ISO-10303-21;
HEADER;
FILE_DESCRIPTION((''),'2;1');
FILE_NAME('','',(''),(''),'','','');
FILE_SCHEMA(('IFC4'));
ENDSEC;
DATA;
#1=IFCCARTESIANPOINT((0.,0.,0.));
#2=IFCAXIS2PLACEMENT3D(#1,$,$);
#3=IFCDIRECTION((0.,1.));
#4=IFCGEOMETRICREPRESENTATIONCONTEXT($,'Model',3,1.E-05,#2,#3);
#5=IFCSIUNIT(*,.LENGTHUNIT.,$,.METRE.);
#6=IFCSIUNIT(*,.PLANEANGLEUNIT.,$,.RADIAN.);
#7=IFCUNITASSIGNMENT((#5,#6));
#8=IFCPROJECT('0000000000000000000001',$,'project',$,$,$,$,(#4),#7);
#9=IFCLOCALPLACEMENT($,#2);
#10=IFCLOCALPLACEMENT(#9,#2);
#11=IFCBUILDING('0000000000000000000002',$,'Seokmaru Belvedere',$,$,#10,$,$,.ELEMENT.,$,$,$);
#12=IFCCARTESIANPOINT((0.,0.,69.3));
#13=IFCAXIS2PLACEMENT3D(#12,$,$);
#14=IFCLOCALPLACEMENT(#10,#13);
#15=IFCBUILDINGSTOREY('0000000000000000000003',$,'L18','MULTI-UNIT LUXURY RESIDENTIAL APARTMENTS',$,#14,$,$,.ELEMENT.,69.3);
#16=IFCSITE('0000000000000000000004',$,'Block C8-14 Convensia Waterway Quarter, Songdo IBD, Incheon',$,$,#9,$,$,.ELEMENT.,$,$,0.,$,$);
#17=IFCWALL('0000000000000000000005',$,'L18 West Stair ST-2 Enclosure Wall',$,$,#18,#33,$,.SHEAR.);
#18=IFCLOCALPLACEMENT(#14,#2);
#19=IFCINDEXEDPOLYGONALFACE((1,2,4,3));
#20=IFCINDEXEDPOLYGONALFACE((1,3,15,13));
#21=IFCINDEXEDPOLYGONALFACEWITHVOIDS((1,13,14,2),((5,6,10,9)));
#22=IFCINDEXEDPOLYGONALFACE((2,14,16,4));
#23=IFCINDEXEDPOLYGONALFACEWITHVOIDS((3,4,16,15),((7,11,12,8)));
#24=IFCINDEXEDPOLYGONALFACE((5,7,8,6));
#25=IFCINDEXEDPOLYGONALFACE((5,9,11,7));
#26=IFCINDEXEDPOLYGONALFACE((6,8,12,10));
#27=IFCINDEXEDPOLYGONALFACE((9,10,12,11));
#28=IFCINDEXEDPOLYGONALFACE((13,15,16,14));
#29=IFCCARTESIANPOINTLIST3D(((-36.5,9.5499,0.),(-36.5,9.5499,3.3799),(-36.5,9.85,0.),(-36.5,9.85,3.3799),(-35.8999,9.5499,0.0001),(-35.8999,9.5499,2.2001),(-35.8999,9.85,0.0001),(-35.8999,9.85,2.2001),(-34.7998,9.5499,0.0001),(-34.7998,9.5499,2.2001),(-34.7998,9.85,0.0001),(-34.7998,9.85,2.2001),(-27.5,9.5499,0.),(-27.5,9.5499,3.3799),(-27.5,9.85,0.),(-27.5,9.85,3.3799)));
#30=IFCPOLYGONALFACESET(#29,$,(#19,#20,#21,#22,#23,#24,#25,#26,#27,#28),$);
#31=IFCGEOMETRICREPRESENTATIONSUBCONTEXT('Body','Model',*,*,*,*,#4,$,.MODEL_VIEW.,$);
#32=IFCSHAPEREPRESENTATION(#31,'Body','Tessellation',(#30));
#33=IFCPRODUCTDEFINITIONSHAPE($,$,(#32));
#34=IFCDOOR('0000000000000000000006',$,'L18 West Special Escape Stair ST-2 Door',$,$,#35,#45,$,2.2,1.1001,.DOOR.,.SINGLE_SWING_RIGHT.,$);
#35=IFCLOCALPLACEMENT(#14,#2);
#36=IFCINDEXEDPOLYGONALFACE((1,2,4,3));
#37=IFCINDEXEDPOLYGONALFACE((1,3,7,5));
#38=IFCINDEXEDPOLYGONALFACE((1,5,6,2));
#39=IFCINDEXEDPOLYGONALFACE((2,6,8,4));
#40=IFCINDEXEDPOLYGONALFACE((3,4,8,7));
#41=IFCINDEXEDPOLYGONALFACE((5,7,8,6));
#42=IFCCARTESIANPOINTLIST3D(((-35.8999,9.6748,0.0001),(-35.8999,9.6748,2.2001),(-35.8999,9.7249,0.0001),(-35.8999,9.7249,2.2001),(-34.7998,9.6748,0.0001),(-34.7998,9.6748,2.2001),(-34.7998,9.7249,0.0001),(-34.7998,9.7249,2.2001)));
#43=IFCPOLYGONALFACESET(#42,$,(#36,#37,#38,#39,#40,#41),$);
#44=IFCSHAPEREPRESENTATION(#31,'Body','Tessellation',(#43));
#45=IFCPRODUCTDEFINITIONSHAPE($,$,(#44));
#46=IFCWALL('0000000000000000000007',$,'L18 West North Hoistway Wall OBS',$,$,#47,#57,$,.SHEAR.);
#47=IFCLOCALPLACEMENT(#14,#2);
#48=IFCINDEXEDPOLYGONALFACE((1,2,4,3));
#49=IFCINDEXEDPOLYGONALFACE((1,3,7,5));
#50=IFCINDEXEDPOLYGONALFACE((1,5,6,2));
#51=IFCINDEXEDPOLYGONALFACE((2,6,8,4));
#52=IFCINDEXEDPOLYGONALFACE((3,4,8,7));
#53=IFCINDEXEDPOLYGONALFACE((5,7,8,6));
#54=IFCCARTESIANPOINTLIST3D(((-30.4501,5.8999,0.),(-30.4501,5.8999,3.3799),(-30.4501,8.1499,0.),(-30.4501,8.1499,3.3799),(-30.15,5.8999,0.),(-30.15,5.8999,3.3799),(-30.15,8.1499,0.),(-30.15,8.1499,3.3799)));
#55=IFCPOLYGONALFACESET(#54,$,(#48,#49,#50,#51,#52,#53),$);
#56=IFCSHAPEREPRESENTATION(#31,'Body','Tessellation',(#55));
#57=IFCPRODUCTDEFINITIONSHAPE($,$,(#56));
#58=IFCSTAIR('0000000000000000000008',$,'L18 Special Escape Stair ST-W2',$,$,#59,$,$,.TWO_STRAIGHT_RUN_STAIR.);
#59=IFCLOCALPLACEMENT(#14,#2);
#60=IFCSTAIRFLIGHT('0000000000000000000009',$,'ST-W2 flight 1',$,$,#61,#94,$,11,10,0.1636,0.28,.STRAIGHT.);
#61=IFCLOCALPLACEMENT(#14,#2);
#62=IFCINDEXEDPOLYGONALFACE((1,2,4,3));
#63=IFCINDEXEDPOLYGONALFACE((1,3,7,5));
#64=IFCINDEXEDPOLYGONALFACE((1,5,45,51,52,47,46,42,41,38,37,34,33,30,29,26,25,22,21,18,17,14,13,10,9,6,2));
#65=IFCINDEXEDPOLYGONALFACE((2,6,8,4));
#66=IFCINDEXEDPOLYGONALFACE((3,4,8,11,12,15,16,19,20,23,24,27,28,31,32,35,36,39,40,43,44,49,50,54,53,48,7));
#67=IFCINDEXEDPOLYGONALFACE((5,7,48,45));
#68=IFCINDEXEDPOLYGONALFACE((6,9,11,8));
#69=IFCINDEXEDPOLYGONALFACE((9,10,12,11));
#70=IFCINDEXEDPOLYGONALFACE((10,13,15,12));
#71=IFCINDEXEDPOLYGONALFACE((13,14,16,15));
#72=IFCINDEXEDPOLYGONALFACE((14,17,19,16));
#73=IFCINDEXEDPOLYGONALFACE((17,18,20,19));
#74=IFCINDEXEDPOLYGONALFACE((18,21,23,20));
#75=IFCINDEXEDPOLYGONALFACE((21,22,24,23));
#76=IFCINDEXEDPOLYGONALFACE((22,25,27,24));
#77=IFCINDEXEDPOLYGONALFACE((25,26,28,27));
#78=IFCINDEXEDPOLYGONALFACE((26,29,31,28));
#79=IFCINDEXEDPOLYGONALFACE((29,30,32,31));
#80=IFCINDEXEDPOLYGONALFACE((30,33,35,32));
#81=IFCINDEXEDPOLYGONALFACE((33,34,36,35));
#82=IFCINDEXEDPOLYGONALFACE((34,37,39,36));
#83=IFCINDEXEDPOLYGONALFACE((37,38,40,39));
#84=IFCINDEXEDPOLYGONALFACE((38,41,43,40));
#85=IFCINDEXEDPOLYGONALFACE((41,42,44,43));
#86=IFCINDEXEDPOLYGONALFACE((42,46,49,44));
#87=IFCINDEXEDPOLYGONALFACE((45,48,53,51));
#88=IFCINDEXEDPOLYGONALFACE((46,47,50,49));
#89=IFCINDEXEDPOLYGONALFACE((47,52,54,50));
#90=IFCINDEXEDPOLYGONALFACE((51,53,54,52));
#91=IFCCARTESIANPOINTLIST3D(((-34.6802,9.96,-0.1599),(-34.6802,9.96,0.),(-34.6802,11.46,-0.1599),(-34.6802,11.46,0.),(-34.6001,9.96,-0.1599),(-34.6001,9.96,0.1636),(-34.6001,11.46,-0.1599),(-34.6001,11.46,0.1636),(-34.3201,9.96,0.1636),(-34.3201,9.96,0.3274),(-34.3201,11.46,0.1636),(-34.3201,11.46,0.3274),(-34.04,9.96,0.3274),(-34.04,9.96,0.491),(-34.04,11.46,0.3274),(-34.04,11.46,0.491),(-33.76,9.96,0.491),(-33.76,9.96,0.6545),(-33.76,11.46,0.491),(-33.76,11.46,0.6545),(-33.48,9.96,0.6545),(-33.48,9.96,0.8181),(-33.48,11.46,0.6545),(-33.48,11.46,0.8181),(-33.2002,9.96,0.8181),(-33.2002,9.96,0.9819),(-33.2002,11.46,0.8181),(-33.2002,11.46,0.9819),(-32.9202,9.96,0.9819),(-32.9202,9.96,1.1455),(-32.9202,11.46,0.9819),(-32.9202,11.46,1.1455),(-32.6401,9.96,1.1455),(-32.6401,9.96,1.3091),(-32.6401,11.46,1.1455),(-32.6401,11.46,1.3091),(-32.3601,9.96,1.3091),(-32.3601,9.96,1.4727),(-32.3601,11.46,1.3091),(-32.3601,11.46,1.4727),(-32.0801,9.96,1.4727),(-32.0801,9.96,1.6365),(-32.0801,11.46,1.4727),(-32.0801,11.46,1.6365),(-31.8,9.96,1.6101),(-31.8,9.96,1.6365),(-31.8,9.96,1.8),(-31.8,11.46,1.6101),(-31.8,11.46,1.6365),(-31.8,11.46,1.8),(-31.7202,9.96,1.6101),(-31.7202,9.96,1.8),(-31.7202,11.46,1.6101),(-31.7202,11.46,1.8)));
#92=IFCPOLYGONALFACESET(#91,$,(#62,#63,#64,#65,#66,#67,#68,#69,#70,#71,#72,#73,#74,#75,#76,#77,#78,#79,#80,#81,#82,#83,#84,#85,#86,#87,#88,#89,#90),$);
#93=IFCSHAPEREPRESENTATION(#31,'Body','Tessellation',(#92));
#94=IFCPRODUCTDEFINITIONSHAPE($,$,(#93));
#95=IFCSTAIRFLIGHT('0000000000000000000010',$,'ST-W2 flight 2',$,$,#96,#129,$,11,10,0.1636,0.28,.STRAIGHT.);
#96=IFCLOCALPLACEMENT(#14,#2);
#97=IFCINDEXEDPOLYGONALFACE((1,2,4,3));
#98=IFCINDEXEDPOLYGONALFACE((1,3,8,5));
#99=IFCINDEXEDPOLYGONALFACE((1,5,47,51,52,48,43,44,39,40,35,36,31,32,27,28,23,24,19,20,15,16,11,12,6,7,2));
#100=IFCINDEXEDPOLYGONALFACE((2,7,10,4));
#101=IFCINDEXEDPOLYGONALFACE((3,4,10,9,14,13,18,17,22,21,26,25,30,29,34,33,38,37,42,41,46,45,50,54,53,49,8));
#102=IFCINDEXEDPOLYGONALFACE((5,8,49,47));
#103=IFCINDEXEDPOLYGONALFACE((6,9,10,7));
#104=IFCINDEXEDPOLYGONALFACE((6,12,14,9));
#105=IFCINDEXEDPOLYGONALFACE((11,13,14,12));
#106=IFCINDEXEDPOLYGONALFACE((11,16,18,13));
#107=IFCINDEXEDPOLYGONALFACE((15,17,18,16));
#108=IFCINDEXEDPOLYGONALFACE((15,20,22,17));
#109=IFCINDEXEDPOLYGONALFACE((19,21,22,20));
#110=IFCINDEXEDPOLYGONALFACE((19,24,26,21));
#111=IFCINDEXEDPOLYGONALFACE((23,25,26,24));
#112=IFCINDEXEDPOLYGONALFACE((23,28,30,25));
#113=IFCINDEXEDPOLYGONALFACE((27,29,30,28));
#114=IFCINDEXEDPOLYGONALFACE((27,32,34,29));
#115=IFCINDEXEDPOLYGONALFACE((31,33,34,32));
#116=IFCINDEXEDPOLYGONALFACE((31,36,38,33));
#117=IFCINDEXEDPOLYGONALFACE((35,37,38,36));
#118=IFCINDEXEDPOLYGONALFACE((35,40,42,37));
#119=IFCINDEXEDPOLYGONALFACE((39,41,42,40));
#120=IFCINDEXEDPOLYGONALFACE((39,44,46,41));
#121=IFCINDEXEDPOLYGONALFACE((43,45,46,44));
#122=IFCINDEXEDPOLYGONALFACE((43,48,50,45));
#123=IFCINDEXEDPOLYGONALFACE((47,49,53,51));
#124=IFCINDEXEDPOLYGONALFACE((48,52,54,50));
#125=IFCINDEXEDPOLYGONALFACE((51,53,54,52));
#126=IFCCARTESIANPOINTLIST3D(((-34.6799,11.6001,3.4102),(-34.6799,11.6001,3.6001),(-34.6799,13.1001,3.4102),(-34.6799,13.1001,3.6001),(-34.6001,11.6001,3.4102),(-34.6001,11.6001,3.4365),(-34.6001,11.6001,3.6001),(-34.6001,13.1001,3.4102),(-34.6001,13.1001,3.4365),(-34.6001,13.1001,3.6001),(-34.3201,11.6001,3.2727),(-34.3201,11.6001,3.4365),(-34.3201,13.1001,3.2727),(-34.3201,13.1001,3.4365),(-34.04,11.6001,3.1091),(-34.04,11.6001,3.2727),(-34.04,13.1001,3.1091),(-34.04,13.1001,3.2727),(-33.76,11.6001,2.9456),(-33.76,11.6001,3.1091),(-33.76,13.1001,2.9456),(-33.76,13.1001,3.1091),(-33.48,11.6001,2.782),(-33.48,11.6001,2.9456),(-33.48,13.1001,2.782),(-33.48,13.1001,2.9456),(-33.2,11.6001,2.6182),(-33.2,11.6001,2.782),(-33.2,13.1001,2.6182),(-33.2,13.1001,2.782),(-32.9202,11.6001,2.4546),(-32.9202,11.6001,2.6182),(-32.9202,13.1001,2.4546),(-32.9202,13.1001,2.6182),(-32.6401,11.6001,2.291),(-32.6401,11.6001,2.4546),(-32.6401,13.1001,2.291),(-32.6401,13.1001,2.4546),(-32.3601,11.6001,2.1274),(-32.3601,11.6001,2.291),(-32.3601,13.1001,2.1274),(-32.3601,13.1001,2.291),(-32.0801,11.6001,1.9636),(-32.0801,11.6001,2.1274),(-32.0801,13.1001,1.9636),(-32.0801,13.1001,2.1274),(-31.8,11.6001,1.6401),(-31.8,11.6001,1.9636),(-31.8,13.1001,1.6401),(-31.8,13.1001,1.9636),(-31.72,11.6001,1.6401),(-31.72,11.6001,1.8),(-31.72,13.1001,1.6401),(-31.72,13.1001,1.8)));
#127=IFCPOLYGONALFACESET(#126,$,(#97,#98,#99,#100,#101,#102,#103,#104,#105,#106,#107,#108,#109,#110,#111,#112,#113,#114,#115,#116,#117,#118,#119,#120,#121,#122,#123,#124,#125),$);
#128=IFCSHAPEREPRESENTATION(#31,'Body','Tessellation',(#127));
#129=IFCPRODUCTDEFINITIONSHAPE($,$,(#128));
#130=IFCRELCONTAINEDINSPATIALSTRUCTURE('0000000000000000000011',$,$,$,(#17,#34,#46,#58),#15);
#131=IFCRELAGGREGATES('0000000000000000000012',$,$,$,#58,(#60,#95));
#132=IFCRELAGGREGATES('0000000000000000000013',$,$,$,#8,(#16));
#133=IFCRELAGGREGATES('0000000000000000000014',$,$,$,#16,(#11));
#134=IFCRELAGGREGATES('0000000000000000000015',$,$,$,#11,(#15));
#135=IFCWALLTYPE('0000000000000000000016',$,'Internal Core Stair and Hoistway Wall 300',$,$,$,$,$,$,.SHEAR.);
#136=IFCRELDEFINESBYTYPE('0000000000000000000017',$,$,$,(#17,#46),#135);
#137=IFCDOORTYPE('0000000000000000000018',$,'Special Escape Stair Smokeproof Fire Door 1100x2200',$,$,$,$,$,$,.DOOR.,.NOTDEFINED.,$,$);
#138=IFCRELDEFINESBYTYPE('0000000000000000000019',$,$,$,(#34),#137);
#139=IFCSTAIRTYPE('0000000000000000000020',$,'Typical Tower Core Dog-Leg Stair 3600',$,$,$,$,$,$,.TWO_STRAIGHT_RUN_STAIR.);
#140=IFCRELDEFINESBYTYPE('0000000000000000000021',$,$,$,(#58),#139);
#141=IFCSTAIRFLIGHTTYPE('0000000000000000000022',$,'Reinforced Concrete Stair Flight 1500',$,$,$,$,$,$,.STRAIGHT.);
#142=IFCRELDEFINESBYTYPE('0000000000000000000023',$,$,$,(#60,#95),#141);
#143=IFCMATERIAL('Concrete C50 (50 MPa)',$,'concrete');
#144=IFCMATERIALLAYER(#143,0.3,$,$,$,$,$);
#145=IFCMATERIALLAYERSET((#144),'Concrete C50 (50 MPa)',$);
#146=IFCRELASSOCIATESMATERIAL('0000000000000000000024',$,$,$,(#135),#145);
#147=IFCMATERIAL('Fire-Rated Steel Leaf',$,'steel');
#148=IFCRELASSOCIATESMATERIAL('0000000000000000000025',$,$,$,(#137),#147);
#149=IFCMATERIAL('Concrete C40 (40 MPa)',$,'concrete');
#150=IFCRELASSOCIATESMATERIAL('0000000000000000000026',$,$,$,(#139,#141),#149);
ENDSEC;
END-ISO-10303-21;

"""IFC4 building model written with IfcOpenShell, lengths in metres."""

from ifc_helpers import new_model, si_unit, direction, frame, frame_2d, origin, place, context, subcontext, project, spatial, polyline, rectangle, outline, extrude, source, transform, mapped, material, layer, layer_set, type_object, type_shapes, element, fill, aggregate, save


model = new_model("IFC4")

# Units and contexts
model_context = context("Model", 3, precision=1e-05, world=origin(), true_north=direction((0.0, 1.0)))
body_context = subcontext(model_context, "Body", "Model", "MODEL_VIEW")
ifc_project = project(units=[si_unit("LENGTHUNIT", "METRE"), si_unit("PLANEANGLEUNIT", "RADIAN")], contexts=[model_context])

# Site, building, storey
site_placement = place(None, origin())
site = spatial("IfcSite", under=ifc_project, at=site_placement, Name="Block C8-14 Convensia Waterway Quarter, Songdo IBD, Incheon", CompositionType="ELEMENT", RefElevation=0.0)
building_placement = place(site_placement, origin())
building = spatial("IfcBuilding", under=site, at=building_placement, Name="Seokmaru Belvedere", CompositionType="ELEMENT")
storey_placement = place(building_placement, frame((0.0, 0.0, 69.3)))
storey = spatial("IfcBuildingStorey", under=building, at=storey_placement, Name="L18", Description="MULTI-UNIT LUXURY RESIDENTIAL APARTMENTS", CompositionType="ELEMENT", Elevation=69.3)

# Shared definitions
ifc_material_1 = material(Name="Concrete C50 (50 MPa)", Category="concrete")

# Wall, opening, door
ifc_layer_1 = layer(ifc_material_1, 0.3)
ifc_layer_set_1 = layer_set([ifc_layer_1], Name="Concrete C50 (50 MPa)")
wall_type_1 = type_object("IfcWallType", Name="Internal Core Stair and Hoistway Wall 300", PredefinedType="SHEAR", material=ifc_layer_set_1)
wall_1_placement = place(storey_placement, frame((-36.5, 9.7, 0.0), z_axis=(0.0, 0.0, 1.0), x_axis=(1.0, 0.0, 0.0)))
wall_1 = element("IfcWall", 1, at=wall_1_placement, inside=storey, type_object=wall_type_1, Name="L18 West Stair ST-2 Enclosure Wall", PredefinedType="SHEAR", context=body_context, shape_type="SweptSolid", body=[
    extrude(rectangle(XDim=9.0, YDim=0.3, at=frame_2d((4.5, 0.0))), origin(), (0.0, 0.0, 1.0), 3.3799),
])
opening_1_placement = place(wall_1_placement, frame((0.6001, 0.0, 0.0)))
opening_1 = element("IfcOpeningElement", 2, at=opening_1_placement, cuts=wall_1, PredefinedType="OPENING", context=body_context, shape_type="SweptSolid", body=[
    extrude(rectangle(XDim=1.1001, YDim=2.2, at=frame_2d((0.55, 1.1001))), frame((0.0, 0.1602, 0.0), z_axis=(0.0, -1.0, 0.0), x_axis=(1.0, 0.0, 0.0)), (0.0, 0.0, 1.0), 0.3201),
])
ifc_material_2 = material(Name="Fire-Rated Steel Leaf", Category="steel")
door_type_1 = type_object("IfcDoorType", Name="Special Escape Stair Smokeproof Fire Door 1100x2200", OperationType="NOTDEFINED", PredefinedType="DOOR", material=ifc_material_2)
shared_shape_1 = source(origin(), body_context, "Body", "SweptSolid", [
    extrude(rectangle(XDim=1.1001, YDim=2.2, at=frame_2d((0.55, 1.1001))), frame((0.0, 0.0249, 0.0), z_axis=(0.0, -1.0, 0.0), x_axis=(1.0, 0.0, 0.0)), (0.0, 0.0, 1.0), 0.05),
])
type_shapes(door_type_1, [shared_shape_1])
door_1_placement = place(opening_1_placement, origin())
door_1 = element("IfcDoor", 3, at=door_1_placement, inside=storey, type_object=door_type_1, Name="L18 West Special Escape Stair ST-2 Door", OperationType="SINGLE_SWING_RIGHT", OverallHeight=2.2, OverallWidth=1.1001, PredefinedType="DOOR", context=body_context, shape_type="MappedRepresentation", body=[
    mapped(shared_shape_1, transform((0.0, 0.0, 0.0), scale=1.0)),
])
fill(opening_1, door_1)

# Wall
wall_2_placement = place(storey_placement, frame((-30.3, 5.8999, 0.0), z_axis=(0.0, 0.0, 1.0), x_axis=(0.0, 1.0, 0.0)))
element("IfcWall", 4, at=wall_2_placement, inside=storey, type_object=wall_type_1, Name="L18 West North Hoistway Wall OBS", PredefinedType="SHEAR", context=body_context, shape_type="SweptSolid", body=[
    extrude(rectangle(XDim=2.25, YDim=0.3, at=frame_2d((1.125, 0.0))), origin(), (0.0, 0.0, 1.0), 3.3799),
])

# Stair, stair flights
ifc_material_3 = material(Name="Concrete C40 (40 MPa)", Category="concrete")
stair_type = type_object("IfcStairType", Name="Typical Tower Core Dog-Leg Stair 3600", PredefinedType="TWO_STRAIGHT_RUN_STAIR", material=ifc_material_3)
stair_placement = place(storey_placement, origin())
stair = element("IfcStair", 5, at=stair_placement, inside=storey, type_object=stair_type, Name="L18 Special Escape Stair ST-W2", PredefinedType="TWO_STRAIGHT_RUN_STAIR")
stair_flight_type = type_object("IfcStairFlightType", Name="Reinforced Concrete Stair Flight 1500", PredefinedType="STRAIGHT", material=ifc_material_3)
stair_flight_1_placement = place(storey_placement, frame((-34.6001, 10.71, 0.0), z_axis=(0.0, 0.0, 1.0), x_axis=(1.0, 0.0, 0.0)))
stair_flight_1 = element("IfcStairFlight", 6, at=stair_flight_1_placement, type_object=stair_flight_type, Name="ST-W2 flight 1", NumberOfRisers=11, NumberOfTreads=10, PredefinedType="STRAIGHT", RiserHeight=0.1636, TreadLength=0.28, context=body_context, shape_type="SweptSolid", body=[
    extrude(outline(polyline([(-0.0801, 0.0), (0.0, 0.1636), (0.28, 0.1636), (0.28, 0.3274), (0.5601, 0.3274), (0.5601, 0.491), (0.8401, 0.491), (0.8401, 0.6545), (1.1201, 0.6545), (1.1201, 0.8181), (1.3999, 0.8181), (1.3999, 0.9819), (1.6799, 0.9819), (1.6799, 1.1455), (1.96, 1.1455), (1.96, 1.3091), (2.24, 1.3091), (2.24, 1.4727), (2.52, 1.4727), (2.52, 1.6365), (2.8, 1.6365), (2.8, 1.8), (2.8799, 1.8), (2.8799, 1.6101), (2.8, 1.6101), (0.0, -0.1599), (-0.0801, -0.1599), (-0.0801, 0.0)])), frame((0.0, 0.75, 0.0), z_axis=(0.0, -1.0, 0.0), x_axis=(1.0, 0.0, 0.0)), (0.0, 0.0, 1.0), 1.5),
])
stair_flight_2_placement = place(storey_placement, frame((-31.8, 12.3501, 1.8), z_axis=(0.0, 0.0, 1.0), x_axis=(-1.0, 0.0, 0.0)))
stair_flight_2 = element("IfcStairFlight", 7, at=stair_flight_2_placement, type_object=stair_flight_type, Name="ST-W2 flight 2", NumberOfRisers=11, NumberOfTreads=10, PredefinedType="STRAIGHT", RiserHeight=0.1636, TreadLength=0.28, context=body_context, shape_type="SweptSolid", body=[
    extrude(outline(polyline([(-0.0801, 0.0), (0.0, 0.1636), (0.28, 0.1636), (0.28, 0.3274), (0.5601, 0.3274), (0.5601, 0.491), (0.8401, 0.491), (0.8401, 0.6545), (1.1201, 0.6545), (1.1201, 0.8181), (1.3999, 0.8181), (1.3999, 0.9819), (1.6799, 0.9819), (1.6799, 1.1455), (1.96, 1.1455), (1.96, 1.3091), (2.24, 1.3091), (2.24, 1.4727), (2.52, 1.4727), (2.52, 1.6365), (2.8, 1.6365), (2.8, 1.8), (2.8799, 1.8), (2.8799, 1.6101), (2.8, 1.6101), (0.0, -0.1599), (-0.0801, -0.1599), (-0.0801, 0.0)])), frame((0.0, 0.75, 0.0), z_axis=(0.0, -1.0, 0.0), x_axis=(1.0, 0.0, 0.0)), (0.0, 0.0, 1.0), 1.5),
])
aggregate(stair, [stair_flight_1, stair_flight_2])

save(model, "model.ifc")
